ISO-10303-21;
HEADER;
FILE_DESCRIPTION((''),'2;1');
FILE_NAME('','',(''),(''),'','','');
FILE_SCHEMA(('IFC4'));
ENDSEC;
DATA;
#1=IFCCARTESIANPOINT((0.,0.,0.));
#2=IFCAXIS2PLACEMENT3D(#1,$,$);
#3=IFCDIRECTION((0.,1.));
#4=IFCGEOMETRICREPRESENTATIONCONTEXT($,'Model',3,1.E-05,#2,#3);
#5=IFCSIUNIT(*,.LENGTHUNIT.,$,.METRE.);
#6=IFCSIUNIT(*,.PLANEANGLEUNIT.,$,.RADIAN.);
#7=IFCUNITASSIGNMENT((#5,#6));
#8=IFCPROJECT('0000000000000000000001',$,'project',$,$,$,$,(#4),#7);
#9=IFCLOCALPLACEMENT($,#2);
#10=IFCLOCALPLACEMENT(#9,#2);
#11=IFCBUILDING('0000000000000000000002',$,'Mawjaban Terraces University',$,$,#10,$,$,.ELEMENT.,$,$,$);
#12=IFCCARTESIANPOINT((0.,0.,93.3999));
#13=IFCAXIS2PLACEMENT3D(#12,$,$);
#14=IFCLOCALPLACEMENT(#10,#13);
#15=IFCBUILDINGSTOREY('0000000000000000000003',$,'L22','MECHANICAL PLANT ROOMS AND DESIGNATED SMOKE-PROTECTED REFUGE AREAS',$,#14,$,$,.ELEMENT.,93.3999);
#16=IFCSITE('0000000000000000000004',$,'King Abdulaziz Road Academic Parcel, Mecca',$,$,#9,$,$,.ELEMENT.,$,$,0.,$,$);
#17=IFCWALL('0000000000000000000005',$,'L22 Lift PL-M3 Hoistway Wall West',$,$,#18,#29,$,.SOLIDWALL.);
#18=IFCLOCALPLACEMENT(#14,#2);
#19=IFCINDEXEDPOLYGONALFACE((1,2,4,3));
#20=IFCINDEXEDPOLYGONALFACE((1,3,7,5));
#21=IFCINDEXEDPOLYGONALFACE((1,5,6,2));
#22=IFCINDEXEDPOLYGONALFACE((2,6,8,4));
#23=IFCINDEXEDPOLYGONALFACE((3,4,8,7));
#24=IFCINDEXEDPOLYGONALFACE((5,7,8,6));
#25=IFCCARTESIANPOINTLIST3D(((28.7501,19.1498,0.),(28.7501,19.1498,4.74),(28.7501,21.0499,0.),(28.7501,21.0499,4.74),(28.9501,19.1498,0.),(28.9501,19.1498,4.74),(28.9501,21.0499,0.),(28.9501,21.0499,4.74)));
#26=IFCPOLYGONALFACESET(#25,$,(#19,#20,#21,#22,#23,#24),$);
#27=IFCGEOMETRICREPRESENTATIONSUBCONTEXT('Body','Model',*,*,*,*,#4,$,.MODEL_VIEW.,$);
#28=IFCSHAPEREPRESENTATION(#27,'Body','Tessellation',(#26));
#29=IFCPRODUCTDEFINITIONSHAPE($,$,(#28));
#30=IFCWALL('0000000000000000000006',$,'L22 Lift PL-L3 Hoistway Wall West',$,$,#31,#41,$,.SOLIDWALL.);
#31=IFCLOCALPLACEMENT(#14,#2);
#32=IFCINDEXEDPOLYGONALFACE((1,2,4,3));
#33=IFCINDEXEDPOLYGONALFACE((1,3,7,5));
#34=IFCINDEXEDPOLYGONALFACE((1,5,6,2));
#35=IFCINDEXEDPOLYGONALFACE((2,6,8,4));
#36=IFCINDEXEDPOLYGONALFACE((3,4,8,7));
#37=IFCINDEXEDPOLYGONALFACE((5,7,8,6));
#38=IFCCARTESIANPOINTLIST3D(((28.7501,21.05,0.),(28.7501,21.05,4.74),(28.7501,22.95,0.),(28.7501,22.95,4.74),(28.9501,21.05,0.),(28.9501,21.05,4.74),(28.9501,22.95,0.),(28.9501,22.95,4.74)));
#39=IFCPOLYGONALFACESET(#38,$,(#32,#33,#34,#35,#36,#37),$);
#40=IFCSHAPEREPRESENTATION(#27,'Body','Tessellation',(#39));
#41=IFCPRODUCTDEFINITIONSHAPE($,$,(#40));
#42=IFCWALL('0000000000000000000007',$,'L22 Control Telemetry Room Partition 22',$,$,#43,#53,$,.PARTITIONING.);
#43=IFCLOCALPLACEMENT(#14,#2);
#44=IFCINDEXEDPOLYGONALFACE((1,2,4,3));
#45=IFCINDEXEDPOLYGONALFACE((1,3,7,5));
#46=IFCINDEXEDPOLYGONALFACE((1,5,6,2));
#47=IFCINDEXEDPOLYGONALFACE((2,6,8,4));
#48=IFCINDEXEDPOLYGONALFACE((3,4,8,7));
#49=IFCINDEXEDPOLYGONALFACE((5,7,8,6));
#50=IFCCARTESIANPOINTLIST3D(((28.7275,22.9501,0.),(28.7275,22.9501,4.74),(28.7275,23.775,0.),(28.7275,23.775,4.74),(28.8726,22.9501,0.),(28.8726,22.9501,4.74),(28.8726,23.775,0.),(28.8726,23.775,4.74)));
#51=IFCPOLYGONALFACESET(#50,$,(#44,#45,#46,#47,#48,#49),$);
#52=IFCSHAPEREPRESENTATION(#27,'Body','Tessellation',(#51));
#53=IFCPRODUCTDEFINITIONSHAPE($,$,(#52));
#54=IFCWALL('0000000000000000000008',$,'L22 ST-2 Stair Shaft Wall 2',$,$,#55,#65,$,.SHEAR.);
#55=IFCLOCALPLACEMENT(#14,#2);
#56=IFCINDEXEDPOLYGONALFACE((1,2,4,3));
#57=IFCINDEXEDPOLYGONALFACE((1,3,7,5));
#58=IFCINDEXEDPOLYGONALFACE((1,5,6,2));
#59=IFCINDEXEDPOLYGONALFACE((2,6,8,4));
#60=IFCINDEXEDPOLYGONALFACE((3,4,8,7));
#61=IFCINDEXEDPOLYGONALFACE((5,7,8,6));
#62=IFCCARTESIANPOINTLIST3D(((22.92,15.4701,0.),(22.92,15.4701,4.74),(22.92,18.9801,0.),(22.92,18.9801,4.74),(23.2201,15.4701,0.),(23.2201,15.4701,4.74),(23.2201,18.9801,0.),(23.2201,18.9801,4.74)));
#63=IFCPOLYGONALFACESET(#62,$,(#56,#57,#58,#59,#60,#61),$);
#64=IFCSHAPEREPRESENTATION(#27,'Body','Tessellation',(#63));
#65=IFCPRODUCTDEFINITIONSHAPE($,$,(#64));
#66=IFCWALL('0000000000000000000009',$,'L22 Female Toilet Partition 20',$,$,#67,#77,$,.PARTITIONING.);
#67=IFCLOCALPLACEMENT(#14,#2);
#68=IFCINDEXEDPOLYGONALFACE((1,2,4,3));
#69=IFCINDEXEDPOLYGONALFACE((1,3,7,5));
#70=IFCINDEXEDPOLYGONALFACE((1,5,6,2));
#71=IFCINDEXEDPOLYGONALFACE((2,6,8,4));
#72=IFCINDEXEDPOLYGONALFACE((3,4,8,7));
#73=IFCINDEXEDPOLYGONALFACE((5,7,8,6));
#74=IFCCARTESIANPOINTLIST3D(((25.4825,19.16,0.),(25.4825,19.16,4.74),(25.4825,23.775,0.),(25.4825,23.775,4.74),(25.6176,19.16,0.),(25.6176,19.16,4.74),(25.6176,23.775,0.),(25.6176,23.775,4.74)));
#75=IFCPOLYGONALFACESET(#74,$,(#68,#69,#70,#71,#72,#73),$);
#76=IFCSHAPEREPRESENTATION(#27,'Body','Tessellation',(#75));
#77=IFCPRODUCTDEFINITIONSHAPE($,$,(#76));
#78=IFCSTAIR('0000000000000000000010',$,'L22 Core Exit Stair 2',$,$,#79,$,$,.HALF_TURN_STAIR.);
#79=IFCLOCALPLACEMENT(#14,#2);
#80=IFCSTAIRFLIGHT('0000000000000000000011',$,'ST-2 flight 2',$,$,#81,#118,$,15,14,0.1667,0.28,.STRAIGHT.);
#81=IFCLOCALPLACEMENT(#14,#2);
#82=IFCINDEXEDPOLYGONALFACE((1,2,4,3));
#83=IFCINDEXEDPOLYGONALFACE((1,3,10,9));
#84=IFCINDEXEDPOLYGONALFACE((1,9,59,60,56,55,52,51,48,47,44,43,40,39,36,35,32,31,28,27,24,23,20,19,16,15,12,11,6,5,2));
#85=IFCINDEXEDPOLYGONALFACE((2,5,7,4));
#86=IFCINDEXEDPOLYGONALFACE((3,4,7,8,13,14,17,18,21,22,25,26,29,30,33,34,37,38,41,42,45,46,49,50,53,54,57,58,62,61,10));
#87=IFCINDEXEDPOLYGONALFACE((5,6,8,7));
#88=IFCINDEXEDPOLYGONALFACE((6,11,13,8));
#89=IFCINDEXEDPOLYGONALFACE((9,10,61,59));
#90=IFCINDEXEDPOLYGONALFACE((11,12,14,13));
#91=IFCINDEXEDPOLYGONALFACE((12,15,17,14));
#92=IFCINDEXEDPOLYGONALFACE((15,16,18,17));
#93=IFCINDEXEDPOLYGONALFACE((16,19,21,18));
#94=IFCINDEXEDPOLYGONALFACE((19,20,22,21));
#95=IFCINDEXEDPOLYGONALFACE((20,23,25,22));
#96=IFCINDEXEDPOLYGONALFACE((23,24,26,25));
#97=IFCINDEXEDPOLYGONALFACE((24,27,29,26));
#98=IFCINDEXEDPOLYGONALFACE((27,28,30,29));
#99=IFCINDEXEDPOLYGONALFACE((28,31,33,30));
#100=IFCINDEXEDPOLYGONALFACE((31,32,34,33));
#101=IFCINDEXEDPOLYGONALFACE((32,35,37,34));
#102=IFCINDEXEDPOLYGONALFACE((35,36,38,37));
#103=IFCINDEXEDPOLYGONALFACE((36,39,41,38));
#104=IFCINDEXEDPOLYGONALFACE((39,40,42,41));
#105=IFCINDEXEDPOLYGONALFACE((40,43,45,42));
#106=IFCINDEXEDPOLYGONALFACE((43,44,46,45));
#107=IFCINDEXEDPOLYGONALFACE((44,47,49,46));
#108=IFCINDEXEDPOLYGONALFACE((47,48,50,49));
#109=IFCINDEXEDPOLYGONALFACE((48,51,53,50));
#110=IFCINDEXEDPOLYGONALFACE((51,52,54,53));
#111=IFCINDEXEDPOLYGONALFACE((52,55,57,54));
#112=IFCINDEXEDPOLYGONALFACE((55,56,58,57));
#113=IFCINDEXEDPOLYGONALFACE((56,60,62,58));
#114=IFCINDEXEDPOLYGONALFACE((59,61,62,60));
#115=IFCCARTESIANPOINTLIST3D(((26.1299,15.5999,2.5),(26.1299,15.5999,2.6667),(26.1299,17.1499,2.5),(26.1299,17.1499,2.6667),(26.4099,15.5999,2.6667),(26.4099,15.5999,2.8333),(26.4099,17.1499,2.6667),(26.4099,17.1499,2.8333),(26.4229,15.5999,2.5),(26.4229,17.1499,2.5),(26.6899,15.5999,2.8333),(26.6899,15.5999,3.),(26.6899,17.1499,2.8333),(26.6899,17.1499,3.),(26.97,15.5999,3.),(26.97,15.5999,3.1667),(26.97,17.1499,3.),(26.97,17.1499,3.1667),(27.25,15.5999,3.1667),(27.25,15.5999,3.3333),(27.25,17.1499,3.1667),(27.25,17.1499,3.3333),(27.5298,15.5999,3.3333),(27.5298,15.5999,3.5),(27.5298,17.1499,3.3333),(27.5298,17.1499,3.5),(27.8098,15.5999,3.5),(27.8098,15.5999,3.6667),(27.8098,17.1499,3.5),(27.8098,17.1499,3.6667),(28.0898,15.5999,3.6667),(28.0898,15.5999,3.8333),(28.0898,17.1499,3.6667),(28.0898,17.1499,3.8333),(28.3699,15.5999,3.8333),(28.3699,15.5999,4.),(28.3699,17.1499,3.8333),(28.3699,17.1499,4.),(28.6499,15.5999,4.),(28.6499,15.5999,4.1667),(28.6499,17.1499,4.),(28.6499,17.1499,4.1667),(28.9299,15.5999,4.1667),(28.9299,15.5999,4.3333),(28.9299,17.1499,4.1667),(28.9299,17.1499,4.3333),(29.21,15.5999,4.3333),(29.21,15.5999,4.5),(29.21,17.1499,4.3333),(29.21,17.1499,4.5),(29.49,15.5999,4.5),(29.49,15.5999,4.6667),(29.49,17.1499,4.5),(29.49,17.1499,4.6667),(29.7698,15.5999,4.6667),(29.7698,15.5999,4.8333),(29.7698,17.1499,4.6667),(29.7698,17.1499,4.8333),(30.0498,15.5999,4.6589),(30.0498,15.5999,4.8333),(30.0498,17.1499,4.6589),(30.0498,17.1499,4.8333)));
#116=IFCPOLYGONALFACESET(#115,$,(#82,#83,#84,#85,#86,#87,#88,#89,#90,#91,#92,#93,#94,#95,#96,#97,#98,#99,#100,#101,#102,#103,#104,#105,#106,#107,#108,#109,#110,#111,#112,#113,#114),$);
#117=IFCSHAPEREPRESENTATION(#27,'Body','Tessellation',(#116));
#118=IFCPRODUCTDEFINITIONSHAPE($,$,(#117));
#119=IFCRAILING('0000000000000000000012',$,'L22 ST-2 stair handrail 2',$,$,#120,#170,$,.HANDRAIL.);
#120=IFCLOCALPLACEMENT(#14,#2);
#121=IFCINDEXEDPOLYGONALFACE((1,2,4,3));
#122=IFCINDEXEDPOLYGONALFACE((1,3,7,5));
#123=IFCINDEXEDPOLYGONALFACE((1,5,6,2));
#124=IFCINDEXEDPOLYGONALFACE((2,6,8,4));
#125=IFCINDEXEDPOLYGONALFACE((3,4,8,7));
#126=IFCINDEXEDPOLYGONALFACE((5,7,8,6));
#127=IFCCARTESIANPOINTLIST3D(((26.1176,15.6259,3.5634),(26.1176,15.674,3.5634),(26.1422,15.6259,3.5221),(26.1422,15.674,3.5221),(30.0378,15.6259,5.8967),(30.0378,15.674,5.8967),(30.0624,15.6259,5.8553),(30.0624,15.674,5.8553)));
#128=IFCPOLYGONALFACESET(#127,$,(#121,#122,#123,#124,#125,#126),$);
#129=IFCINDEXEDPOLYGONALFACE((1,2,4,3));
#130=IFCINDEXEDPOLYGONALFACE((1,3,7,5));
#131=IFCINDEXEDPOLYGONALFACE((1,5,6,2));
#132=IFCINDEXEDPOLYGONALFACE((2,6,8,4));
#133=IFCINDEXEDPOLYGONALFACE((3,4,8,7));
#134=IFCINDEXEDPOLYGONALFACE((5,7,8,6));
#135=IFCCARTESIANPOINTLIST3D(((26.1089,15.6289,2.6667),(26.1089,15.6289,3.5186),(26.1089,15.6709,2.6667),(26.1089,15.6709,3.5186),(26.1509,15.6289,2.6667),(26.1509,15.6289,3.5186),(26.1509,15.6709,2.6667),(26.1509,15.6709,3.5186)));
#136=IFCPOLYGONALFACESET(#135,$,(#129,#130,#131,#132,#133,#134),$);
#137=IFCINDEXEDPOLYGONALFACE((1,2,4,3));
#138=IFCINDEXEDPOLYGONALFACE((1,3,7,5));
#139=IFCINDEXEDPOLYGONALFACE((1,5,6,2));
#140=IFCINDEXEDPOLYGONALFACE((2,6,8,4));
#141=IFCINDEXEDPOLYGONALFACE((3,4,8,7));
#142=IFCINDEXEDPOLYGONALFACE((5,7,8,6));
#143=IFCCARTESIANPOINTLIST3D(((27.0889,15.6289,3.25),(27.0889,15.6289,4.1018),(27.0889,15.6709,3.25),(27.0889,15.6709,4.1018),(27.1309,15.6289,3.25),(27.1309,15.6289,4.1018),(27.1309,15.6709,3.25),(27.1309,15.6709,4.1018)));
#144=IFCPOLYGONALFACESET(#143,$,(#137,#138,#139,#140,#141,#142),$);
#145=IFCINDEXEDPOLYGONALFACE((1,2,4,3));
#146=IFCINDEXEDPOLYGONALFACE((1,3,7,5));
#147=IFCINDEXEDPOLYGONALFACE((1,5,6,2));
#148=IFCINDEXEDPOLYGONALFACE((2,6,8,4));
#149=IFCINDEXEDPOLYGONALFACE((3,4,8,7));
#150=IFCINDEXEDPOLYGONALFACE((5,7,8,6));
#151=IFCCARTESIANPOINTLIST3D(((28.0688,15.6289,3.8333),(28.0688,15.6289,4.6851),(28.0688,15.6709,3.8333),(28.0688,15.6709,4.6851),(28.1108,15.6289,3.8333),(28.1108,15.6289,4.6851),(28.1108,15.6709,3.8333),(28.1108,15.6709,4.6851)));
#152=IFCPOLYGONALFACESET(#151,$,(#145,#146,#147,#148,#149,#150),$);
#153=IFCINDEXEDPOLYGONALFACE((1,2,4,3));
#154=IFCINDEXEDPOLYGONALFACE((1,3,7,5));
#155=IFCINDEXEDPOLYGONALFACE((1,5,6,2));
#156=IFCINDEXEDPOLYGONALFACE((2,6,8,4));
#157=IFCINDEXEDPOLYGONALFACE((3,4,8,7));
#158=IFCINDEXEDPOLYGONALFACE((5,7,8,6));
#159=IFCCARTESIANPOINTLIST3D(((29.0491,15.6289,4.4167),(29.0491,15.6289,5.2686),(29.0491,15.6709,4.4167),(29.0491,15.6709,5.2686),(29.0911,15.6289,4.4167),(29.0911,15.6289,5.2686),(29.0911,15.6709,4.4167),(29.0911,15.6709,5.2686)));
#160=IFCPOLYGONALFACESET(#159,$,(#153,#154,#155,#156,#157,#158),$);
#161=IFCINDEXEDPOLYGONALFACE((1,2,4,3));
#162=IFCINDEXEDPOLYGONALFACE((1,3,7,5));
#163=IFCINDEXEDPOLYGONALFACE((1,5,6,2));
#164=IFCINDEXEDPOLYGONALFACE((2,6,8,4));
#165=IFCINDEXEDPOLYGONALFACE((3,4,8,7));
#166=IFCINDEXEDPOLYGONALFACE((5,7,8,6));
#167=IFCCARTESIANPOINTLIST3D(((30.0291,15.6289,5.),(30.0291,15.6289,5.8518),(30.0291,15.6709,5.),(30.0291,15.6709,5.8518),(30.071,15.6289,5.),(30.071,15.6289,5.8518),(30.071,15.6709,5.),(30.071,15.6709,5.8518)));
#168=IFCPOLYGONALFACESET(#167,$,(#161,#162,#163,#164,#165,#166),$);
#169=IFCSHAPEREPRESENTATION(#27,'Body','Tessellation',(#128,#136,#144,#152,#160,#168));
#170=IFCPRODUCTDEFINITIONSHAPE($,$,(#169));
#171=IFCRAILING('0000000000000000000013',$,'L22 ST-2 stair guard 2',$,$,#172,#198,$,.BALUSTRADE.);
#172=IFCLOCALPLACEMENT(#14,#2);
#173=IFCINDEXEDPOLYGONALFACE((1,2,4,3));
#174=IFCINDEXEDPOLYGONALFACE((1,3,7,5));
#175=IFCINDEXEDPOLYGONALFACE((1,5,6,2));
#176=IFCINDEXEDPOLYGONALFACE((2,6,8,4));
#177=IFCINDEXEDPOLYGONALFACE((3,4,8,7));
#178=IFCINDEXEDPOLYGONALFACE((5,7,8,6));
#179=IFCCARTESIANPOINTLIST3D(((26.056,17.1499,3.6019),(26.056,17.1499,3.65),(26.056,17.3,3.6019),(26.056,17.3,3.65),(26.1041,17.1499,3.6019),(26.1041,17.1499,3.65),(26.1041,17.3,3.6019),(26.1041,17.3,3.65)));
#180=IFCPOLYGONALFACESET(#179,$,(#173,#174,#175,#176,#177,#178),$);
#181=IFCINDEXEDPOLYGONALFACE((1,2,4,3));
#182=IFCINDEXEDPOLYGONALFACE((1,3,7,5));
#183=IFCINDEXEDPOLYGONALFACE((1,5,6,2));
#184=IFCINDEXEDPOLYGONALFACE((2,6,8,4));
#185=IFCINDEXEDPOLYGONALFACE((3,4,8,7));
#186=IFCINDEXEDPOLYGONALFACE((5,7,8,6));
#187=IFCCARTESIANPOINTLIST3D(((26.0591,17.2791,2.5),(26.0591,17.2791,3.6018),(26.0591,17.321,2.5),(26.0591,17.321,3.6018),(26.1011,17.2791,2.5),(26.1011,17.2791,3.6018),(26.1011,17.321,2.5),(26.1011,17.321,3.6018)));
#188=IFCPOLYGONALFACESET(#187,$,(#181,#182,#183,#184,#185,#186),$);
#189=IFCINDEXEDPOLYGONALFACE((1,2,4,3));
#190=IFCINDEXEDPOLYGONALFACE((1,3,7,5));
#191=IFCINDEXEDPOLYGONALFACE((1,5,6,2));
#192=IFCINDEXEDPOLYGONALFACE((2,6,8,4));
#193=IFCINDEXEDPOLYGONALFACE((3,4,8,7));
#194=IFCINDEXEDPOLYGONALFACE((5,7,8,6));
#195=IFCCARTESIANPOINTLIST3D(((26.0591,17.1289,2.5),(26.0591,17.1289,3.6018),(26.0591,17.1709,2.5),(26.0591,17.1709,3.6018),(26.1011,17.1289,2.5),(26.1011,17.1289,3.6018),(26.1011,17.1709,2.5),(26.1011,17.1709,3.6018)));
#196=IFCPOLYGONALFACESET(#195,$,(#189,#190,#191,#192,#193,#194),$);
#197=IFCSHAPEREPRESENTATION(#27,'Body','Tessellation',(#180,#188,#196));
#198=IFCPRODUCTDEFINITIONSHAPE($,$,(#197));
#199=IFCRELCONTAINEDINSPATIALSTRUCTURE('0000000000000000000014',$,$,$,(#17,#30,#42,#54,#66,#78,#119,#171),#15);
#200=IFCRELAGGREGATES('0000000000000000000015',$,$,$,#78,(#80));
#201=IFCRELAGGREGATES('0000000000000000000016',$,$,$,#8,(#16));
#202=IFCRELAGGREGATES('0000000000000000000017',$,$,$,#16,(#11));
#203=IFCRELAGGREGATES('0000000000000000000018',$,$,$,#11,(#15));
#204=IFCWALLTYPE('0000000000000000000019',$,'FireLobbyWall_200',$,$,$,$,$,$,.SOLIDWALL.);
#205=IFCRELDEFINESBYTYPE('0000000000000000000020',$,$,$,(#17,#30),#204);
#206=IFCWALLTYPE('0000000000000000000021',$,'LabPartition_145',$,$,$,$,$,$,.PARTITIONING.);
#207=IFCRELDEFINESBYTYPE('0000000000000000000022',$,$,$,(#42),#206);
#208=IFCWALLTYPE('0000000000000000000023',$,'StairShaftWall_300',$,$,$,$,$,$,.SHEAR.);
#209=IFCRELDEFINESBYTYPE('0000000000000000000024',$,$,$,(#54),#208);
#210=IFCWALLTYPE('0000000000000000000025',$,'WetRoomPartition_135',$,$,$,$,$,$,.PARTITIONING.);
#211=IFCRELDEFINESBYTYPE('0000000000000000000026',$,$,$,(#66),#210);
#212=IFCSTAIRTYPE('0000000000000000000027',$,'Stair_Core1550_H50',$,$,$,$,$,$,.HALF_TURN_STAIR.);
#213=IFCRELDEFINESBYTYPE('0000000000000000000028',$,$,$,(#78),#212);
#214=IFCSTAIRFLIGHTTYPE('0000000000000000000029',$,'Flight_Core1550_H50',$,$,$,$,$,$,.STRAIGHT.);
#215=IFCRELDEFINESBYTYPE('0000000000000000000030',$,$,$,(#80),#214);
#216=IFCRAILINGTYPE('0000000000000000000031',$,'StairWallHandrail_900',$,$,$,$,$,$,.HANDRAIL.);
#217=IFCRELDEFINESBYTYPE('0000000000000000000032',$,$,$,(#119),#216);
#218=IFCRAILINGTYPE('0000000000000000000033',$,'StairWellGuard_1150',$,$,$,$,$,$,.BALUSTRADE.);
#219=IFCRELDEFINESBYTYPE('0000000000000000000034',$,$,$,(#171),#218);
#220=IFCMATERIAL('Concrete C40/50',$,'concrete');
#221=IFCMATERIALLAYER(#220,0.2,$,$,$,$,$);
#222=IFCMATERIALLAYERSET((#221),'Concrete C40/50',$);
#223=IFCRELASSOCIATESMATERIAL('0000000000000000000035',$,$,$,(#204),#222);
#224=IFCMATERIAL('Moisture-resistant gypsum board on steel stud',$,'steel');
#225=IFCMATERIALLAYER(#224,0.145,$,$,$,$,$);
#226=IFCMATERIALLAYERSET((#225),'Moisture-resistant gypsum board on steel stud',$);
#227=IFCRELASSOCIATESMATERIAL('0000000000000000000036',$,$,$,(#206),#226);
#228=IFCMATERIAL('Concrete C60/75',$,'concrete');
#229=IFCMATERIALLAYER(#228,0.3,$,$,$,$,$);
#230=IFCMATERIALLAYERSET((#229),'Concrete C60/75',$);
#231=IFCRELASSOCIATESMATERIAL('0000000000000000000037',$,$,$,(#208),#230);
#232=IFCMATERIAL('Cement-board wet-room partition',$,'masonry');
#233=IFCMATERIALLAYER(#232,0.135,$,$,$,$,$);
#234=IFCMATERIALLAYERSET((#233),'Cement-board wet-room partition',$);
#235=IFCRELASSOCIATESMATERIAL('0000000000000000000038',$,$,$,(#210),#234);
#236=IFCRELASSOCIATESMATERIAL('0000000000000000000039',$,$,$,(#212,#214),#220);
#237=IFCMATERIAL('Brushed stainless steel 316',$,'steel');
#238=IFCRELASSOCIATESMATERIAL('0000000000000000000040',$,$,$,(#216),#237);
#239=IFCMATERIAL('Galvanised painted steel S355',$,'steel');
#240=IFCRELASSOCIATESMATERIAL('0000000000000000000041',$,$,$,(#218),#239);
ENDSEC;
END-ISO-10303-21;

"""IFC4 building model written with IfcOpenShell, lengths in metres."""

from ifc_helpers import new_model, si_unit, direction, frame, frame_2d, origin, origin_2d, place, context, subcontext, project, spatial, polyline, rectangle, outline, extrude, material, layer, layer_set, type_object, element, aggregate, save


model = new_model("IFC4")

# Units and contexts
model_context = context("Model", 3, precision=1e-05, world=origin(), true_north=direction((0.0, 1.0)))
body_context = subcontext(model_context, "Body", "Model", "MODEL_VIEW")
ifc_project = project(units=[si_unit("LENGTHUNIT", "METRE"), si_unit("PLANEANGLEUNIT", "RADIAN")], contexts=[model_context])

# Site, building, storey
site_placement = place(None, origin())
site = spatial("IfcSite", under=ifc_project, at=site_placement, Name="King Abdulaziz Road Academic Parcel, Mecca", CompositionType="ELEMENT", RefElevation=0.0)
building_placement = place(site_placement, origin())
building = spatial("IfcBuilding", under=site, at=building_placement, Name="Mawjaban Terraces University", CompositionType="ELEMENT")
storey_placement = place(building_placement, frame((0.0, 0.0, 93.3999)))
storey = spatial("IfcBuildingStorey", under=building, at=storey_placement, Name="L22", Description="MECHANICAL PLANT ROOMS AND DESIGNATED SMOKE-PROTECTED REFUGE AREAS", CompositionType="ELEMENT", Elevation=93.3999)

# Walls
ifc_material_1 = material(Name="Concrete C40/50", Category="concrete")
ifc_layer_1 = layer(ifc_material_1, 0.2)
ifc_layer_set_1 = layer_set([ifc_layer_1], Name="Concrete C40/50")
wall_type_1 = type_object("IfcWallType", Name="FireLobbyWall_200", PredefinedType="SOLIDWALL", material=ifc_layer_set_1)
wall_1_placement = place(storey_placement, frame((28.8501, 21.05, 0.0), z_axis=(0.0, 0.0, 1.0), x_axis=(0.0, -1.0, 0.0)))
element("IfcWall", 1, at=wall_1_placement, inside=storey, type_object=wall_type_1, Name="L22 Lift PL-M3 Hoistway Wall West", PredefinedType="SOLIDWALL", context=body_context, shape_type="SweptSolid", body=[
    extrude(rectangle(XDim=1.9001, YDim=0.2, at=frame_2d((0.9502, 0.0))), origin(), (0.0, 0.0, 1.0), 4.74),
])
wall_2_placement = place(storey_placement, frame((28.8501, 22.95, 0.0), z_axis=(0.0, 0.0, 1.0), x_axis=(0.0, -1.0, 0.0)))
element("IfcWall", 2, at=wall_2_placement, inside=storey, type_object=wall_type_1, Name="L22 Lift PL-L3 Hoistway Wall West", PredefinedType="SOLIDWALL", context=body_context, shape_type="SweptSolid", body=[
    extrude(rectangle(XDim=1.8999, YDim=0.2, at=frame_2d((0.95, 0.0))), origin(), (0.0, 0.0, 1.0), 4.74),
])
ifc_material_2 = material(Name="Moisture-resistant gypsum board on steel stud", Category="steel")
ifc_layer_2 = layer(ifc_material_2, 0.145)
ifc_layer_set_2 = layer_set([ifc_layer_2], Name="Moisture-resistant gypsum board on steel stud")
wall_type_2 = type_object("IfcWallType", Name="LabPartition_145", PredefinedType="PARTITIONING", material=ifc_layer_set_2)
wall_3_placement = place(storey_placement, frame((28.8, 22.95, 0.0), z_axis=(0.0, 0.0, 1.0), x_axis=(0.0, 1.0, 0.0)))
element("IfcWall", 3, at=wall_3_placement, inside=storey, type_object=wall_type_2, Name="L22 Control Telemetry Room Partition 22", PredefinedType="PARTITIONING", context=body_context, shape_type="SweptSolid", body=[
    extrude(rectangle(XDim=0.825, YDim=0.145, at=frame_2d((0.4126, 0.0))), origin(), (0.0, 0.0, 1.0), 4.74),
])
ifc_material_3 = material(Name="Concrete C60/75", Category="concrete")
ifc_layer_3 = layer(ifc_material_3, 0.3)
ifc_layer_set_3 = layer_set([ifc_layer_3], Name="Concrete C60/75")
wall_type_3 = type_object("IfcWallType", Name="StairShaftWall_300", PredefinedType="SHEAR", material=ifc_layer_set_3)
wall_4_placement = place(storey_placement, frame((23.0701, 18.98, 0.0), z_axis=(0.0, 0.0, 1.0), x_axis=(0.0, -1.0, 0.0)))
element("IfcWall", 4, at=wall_4_placement, inside=storey, type_object=wall_type_3, Name="L22 ST-2 Stair Shaft Wall 2", PredefinedType="SHEAR", context=body_context, shape_type="SweptSolid", body=[
    extrude(rectangle(XDim=3.51, YDim=0.3, at=frame_2d((1.7549, 0.0))), origin(), (0.0, 0.0, 1.0), 4.74),
])
ifc_material_4 = material(Name="Cement-board wet-room partition", Category="masonry")
ifc_layer_4 = layer(ifc_material_4, 0.135)
ifc_layer_set_4 = layer_set([ifc_layer_4], Name="Cement-board wet-room partition")
wall_type_4 = type_object("IfcWallType", Name="WetRoomPartition_135", PredefinedType="PARTITIONING", material=ifc_layer_set_4)
wall_5_placement = place(storey_placement, frame((25.55, 19.1599, 0.0), z_axis=(0.0, 0.0, 1.0), x_axis=(0.0, 1.0, 0.0)))
element("IfcWall", 5, at=wall_5_placement, inside=storey, type_object=wall_type_4, Name="L22 Female Toilet Partition 20", PredefinedType="PARTITIONING", context=body_context, shape_type="SweptSolid", body=[
    extrude(rectangle(XDim=4.615, YDim=0.135, at=frame_2d((2.3076, 0.0))), origin(), (0.0, 0.0, 1.0), 4.74),
])

# Stair, stair flight
stair_type = type_object("IfcStairType", Name="Stair_Core1550_H50", PredefinedType="HALF_TURN_STAIR", material=ifc_material_1)
stair_placement = place(storey_placement, origin())
stair = element("IfcStair", 6, at=stair_placement, inside=storey, type_object=stair_type, Name="L22 Core Exit Stair 2", PredefinedType="HALF_TURN_STAIR")
stair_flight_type = type_object("IfcStairFlightType", Name="Flight_Core1550_H50", PredefinedType="STRAIGHT", material=ifc_material_1)
stair_flight_placement = place(storey_placement, frame((26.1299, 16.375, 2.5), z_axis=(0.0, 0.0, 1.0), x_axis=(1.0, 0.0, 0.0)))
stair_flight = element("IfcStairFlight", 7, at=stair_flight_placement, type_object=stair_flight_type, Name="ST-2 flight 2", NumberOfRisers=15, NumberOfTreads=14, PredefinedType="STRAIGHT", RiserHeight=0.1667, TreadLength=0.28, context=body_context, shape_type="SweptSolid", body=[
    extrude(outline(polyline([(0.0, 0.0), (0.0, 0.1667), (0.28, 0.1667), (0.28, 0.3333), (0.5601, 0.3333), (0.5601, 0.5), (0.8401, 0.5), (0.8401, 0.6667), (1.1201, 0.6667), (1.1201, 0.8333), (1.3999, 0.8333), (1.3999, 1.0), (1.6799, 1.0), (1.6799, 1.1667), (1.96, 1.1667), (1.96, 1.3333), (2.24, 1.3333), (2.24, 1.5), (2.52, 1.5), (2.52, 1.6667), (2.8, 1.6667), (2.8, 1.8333), (3.0801, 1.8333), (3.0801, 2.0), (3.3601, 2.0), (3.3601, 2.1667), (3.6399, 2.1667), (3.6399, 2.3333), (3.9199, 2.3333), (3.9199, 2.5), (3.9199, 2.1589), (0.293, 0.0), (0.0, 0.0)])), frame((0.0, 0.7749, 0.0), z_axis=(0.0, -1.0, 0.0), x_axis=(1.0, 0.0, 0.0)), (0.0, 0.0, 1.0), 1.55),
])
aggregate(stair, [stair_flight])

# Railings
ifc_material_5 = material(Name="Brushed stainless steel 316", Category="steel")
railing_type_1 = type_object("IfcRailingType", Name="StairWallHandrail_900", PredefinedType="HANDRAIL", material=ifc_material_5)
railing_1_placement = place(storey_placement, frame((26.1299, 15.6499, 2.6667)))
element("IfcRailing", 8, at=railing_1_placement, inside=storey, type_object=railing_type_1, Name="L22 ST-2 stair handrail 2", PredefinedType="HANDRAIL", context=body_context, shape_type="SweptSolid", body=[
    extrude(rectangle(XDim=0.0481, YDim=0.0481, at=origin_2d()), frame((0.0, 0.0, 0.876), z_axis=(0.85931, 0.0, 0.511455), x_axis=(0.0, 1.0, 0.0)), (0.0, 0.0, 1.0), 4.562),
    extrude(rectangle(XDim=0.042, YDim=0.042, at=origin_2d()), origin(), (0.0, 0.0, 1.0), 0.8518),
    extrude(rectangle(XDim=0.042, YDim=0.042, at=origin_2d()), frame((0.98, 0.0, 0.5833)), (0.0, 0.0, 1.0), 0.8518),
    extrude(rectangle(XDim=0.042, YDim=0.042, at=origin_2d()), frame((1.96, 0.0, 1.1665)), (0.0, 0.0, 1.0), 0.8518),
    extrude(rectangle(XDim=0.042, YDim=0.042, at=origin_2d()), frame((2.9402, 0.0, 1.75)), (0.0, 0.0, 1.0), 0.8518),
    extrude(rectangle(XDim=0.042, YDim=0.042, at=origin_2d()), frame((3.9202, 0.0, 2.3333)), (0.0, 0.0, 1.0), 0.8518),
])
ifc_material_6 = material(Name="Galvanised painted steel S355", Category="steel")
railing_type_2 = type_object("IfcRailingType", Name="StairWellGuard_1150", PredefinedType="BALUSTRADE", material=ifc_material_6)
railing_2_placement = place(storey_placement, frame((26.0801, 17.3, 2.5)))
element("IfcRailing", 9, at=railing_2_placement, inside=storey, type_object=railing_type_2, Name="L22 ST-2 stair guard 2", PredefinedType="BALUSTRADE", context=body_context, shape_type="SweptSolid", body=[
    extrude(rectangle(XDim=0.0481, YDim=0.0481, at=origin_2d()), frame((0.0, 0.0, 1.126), z_axis=(0.0, -1.0, 0.0), x_axis=(1.0, 0.0, 0.0)), (0.0, 0.0, 1.0), 0.1501),
    extrude(rectangle(XDim=0.042, YDim=0.042, at=origin_2d()), origin(), (0.0, 0.0, 1.0), 1.1018),
    extrude(rectangle(XDim=0.042, YDim=0.042, at=origin_2d()), frame((0.0, -0.1501, 0.0)), (0.0, 0.0, 1.0), 1.1018),
])

save(model, "model.ifc")
